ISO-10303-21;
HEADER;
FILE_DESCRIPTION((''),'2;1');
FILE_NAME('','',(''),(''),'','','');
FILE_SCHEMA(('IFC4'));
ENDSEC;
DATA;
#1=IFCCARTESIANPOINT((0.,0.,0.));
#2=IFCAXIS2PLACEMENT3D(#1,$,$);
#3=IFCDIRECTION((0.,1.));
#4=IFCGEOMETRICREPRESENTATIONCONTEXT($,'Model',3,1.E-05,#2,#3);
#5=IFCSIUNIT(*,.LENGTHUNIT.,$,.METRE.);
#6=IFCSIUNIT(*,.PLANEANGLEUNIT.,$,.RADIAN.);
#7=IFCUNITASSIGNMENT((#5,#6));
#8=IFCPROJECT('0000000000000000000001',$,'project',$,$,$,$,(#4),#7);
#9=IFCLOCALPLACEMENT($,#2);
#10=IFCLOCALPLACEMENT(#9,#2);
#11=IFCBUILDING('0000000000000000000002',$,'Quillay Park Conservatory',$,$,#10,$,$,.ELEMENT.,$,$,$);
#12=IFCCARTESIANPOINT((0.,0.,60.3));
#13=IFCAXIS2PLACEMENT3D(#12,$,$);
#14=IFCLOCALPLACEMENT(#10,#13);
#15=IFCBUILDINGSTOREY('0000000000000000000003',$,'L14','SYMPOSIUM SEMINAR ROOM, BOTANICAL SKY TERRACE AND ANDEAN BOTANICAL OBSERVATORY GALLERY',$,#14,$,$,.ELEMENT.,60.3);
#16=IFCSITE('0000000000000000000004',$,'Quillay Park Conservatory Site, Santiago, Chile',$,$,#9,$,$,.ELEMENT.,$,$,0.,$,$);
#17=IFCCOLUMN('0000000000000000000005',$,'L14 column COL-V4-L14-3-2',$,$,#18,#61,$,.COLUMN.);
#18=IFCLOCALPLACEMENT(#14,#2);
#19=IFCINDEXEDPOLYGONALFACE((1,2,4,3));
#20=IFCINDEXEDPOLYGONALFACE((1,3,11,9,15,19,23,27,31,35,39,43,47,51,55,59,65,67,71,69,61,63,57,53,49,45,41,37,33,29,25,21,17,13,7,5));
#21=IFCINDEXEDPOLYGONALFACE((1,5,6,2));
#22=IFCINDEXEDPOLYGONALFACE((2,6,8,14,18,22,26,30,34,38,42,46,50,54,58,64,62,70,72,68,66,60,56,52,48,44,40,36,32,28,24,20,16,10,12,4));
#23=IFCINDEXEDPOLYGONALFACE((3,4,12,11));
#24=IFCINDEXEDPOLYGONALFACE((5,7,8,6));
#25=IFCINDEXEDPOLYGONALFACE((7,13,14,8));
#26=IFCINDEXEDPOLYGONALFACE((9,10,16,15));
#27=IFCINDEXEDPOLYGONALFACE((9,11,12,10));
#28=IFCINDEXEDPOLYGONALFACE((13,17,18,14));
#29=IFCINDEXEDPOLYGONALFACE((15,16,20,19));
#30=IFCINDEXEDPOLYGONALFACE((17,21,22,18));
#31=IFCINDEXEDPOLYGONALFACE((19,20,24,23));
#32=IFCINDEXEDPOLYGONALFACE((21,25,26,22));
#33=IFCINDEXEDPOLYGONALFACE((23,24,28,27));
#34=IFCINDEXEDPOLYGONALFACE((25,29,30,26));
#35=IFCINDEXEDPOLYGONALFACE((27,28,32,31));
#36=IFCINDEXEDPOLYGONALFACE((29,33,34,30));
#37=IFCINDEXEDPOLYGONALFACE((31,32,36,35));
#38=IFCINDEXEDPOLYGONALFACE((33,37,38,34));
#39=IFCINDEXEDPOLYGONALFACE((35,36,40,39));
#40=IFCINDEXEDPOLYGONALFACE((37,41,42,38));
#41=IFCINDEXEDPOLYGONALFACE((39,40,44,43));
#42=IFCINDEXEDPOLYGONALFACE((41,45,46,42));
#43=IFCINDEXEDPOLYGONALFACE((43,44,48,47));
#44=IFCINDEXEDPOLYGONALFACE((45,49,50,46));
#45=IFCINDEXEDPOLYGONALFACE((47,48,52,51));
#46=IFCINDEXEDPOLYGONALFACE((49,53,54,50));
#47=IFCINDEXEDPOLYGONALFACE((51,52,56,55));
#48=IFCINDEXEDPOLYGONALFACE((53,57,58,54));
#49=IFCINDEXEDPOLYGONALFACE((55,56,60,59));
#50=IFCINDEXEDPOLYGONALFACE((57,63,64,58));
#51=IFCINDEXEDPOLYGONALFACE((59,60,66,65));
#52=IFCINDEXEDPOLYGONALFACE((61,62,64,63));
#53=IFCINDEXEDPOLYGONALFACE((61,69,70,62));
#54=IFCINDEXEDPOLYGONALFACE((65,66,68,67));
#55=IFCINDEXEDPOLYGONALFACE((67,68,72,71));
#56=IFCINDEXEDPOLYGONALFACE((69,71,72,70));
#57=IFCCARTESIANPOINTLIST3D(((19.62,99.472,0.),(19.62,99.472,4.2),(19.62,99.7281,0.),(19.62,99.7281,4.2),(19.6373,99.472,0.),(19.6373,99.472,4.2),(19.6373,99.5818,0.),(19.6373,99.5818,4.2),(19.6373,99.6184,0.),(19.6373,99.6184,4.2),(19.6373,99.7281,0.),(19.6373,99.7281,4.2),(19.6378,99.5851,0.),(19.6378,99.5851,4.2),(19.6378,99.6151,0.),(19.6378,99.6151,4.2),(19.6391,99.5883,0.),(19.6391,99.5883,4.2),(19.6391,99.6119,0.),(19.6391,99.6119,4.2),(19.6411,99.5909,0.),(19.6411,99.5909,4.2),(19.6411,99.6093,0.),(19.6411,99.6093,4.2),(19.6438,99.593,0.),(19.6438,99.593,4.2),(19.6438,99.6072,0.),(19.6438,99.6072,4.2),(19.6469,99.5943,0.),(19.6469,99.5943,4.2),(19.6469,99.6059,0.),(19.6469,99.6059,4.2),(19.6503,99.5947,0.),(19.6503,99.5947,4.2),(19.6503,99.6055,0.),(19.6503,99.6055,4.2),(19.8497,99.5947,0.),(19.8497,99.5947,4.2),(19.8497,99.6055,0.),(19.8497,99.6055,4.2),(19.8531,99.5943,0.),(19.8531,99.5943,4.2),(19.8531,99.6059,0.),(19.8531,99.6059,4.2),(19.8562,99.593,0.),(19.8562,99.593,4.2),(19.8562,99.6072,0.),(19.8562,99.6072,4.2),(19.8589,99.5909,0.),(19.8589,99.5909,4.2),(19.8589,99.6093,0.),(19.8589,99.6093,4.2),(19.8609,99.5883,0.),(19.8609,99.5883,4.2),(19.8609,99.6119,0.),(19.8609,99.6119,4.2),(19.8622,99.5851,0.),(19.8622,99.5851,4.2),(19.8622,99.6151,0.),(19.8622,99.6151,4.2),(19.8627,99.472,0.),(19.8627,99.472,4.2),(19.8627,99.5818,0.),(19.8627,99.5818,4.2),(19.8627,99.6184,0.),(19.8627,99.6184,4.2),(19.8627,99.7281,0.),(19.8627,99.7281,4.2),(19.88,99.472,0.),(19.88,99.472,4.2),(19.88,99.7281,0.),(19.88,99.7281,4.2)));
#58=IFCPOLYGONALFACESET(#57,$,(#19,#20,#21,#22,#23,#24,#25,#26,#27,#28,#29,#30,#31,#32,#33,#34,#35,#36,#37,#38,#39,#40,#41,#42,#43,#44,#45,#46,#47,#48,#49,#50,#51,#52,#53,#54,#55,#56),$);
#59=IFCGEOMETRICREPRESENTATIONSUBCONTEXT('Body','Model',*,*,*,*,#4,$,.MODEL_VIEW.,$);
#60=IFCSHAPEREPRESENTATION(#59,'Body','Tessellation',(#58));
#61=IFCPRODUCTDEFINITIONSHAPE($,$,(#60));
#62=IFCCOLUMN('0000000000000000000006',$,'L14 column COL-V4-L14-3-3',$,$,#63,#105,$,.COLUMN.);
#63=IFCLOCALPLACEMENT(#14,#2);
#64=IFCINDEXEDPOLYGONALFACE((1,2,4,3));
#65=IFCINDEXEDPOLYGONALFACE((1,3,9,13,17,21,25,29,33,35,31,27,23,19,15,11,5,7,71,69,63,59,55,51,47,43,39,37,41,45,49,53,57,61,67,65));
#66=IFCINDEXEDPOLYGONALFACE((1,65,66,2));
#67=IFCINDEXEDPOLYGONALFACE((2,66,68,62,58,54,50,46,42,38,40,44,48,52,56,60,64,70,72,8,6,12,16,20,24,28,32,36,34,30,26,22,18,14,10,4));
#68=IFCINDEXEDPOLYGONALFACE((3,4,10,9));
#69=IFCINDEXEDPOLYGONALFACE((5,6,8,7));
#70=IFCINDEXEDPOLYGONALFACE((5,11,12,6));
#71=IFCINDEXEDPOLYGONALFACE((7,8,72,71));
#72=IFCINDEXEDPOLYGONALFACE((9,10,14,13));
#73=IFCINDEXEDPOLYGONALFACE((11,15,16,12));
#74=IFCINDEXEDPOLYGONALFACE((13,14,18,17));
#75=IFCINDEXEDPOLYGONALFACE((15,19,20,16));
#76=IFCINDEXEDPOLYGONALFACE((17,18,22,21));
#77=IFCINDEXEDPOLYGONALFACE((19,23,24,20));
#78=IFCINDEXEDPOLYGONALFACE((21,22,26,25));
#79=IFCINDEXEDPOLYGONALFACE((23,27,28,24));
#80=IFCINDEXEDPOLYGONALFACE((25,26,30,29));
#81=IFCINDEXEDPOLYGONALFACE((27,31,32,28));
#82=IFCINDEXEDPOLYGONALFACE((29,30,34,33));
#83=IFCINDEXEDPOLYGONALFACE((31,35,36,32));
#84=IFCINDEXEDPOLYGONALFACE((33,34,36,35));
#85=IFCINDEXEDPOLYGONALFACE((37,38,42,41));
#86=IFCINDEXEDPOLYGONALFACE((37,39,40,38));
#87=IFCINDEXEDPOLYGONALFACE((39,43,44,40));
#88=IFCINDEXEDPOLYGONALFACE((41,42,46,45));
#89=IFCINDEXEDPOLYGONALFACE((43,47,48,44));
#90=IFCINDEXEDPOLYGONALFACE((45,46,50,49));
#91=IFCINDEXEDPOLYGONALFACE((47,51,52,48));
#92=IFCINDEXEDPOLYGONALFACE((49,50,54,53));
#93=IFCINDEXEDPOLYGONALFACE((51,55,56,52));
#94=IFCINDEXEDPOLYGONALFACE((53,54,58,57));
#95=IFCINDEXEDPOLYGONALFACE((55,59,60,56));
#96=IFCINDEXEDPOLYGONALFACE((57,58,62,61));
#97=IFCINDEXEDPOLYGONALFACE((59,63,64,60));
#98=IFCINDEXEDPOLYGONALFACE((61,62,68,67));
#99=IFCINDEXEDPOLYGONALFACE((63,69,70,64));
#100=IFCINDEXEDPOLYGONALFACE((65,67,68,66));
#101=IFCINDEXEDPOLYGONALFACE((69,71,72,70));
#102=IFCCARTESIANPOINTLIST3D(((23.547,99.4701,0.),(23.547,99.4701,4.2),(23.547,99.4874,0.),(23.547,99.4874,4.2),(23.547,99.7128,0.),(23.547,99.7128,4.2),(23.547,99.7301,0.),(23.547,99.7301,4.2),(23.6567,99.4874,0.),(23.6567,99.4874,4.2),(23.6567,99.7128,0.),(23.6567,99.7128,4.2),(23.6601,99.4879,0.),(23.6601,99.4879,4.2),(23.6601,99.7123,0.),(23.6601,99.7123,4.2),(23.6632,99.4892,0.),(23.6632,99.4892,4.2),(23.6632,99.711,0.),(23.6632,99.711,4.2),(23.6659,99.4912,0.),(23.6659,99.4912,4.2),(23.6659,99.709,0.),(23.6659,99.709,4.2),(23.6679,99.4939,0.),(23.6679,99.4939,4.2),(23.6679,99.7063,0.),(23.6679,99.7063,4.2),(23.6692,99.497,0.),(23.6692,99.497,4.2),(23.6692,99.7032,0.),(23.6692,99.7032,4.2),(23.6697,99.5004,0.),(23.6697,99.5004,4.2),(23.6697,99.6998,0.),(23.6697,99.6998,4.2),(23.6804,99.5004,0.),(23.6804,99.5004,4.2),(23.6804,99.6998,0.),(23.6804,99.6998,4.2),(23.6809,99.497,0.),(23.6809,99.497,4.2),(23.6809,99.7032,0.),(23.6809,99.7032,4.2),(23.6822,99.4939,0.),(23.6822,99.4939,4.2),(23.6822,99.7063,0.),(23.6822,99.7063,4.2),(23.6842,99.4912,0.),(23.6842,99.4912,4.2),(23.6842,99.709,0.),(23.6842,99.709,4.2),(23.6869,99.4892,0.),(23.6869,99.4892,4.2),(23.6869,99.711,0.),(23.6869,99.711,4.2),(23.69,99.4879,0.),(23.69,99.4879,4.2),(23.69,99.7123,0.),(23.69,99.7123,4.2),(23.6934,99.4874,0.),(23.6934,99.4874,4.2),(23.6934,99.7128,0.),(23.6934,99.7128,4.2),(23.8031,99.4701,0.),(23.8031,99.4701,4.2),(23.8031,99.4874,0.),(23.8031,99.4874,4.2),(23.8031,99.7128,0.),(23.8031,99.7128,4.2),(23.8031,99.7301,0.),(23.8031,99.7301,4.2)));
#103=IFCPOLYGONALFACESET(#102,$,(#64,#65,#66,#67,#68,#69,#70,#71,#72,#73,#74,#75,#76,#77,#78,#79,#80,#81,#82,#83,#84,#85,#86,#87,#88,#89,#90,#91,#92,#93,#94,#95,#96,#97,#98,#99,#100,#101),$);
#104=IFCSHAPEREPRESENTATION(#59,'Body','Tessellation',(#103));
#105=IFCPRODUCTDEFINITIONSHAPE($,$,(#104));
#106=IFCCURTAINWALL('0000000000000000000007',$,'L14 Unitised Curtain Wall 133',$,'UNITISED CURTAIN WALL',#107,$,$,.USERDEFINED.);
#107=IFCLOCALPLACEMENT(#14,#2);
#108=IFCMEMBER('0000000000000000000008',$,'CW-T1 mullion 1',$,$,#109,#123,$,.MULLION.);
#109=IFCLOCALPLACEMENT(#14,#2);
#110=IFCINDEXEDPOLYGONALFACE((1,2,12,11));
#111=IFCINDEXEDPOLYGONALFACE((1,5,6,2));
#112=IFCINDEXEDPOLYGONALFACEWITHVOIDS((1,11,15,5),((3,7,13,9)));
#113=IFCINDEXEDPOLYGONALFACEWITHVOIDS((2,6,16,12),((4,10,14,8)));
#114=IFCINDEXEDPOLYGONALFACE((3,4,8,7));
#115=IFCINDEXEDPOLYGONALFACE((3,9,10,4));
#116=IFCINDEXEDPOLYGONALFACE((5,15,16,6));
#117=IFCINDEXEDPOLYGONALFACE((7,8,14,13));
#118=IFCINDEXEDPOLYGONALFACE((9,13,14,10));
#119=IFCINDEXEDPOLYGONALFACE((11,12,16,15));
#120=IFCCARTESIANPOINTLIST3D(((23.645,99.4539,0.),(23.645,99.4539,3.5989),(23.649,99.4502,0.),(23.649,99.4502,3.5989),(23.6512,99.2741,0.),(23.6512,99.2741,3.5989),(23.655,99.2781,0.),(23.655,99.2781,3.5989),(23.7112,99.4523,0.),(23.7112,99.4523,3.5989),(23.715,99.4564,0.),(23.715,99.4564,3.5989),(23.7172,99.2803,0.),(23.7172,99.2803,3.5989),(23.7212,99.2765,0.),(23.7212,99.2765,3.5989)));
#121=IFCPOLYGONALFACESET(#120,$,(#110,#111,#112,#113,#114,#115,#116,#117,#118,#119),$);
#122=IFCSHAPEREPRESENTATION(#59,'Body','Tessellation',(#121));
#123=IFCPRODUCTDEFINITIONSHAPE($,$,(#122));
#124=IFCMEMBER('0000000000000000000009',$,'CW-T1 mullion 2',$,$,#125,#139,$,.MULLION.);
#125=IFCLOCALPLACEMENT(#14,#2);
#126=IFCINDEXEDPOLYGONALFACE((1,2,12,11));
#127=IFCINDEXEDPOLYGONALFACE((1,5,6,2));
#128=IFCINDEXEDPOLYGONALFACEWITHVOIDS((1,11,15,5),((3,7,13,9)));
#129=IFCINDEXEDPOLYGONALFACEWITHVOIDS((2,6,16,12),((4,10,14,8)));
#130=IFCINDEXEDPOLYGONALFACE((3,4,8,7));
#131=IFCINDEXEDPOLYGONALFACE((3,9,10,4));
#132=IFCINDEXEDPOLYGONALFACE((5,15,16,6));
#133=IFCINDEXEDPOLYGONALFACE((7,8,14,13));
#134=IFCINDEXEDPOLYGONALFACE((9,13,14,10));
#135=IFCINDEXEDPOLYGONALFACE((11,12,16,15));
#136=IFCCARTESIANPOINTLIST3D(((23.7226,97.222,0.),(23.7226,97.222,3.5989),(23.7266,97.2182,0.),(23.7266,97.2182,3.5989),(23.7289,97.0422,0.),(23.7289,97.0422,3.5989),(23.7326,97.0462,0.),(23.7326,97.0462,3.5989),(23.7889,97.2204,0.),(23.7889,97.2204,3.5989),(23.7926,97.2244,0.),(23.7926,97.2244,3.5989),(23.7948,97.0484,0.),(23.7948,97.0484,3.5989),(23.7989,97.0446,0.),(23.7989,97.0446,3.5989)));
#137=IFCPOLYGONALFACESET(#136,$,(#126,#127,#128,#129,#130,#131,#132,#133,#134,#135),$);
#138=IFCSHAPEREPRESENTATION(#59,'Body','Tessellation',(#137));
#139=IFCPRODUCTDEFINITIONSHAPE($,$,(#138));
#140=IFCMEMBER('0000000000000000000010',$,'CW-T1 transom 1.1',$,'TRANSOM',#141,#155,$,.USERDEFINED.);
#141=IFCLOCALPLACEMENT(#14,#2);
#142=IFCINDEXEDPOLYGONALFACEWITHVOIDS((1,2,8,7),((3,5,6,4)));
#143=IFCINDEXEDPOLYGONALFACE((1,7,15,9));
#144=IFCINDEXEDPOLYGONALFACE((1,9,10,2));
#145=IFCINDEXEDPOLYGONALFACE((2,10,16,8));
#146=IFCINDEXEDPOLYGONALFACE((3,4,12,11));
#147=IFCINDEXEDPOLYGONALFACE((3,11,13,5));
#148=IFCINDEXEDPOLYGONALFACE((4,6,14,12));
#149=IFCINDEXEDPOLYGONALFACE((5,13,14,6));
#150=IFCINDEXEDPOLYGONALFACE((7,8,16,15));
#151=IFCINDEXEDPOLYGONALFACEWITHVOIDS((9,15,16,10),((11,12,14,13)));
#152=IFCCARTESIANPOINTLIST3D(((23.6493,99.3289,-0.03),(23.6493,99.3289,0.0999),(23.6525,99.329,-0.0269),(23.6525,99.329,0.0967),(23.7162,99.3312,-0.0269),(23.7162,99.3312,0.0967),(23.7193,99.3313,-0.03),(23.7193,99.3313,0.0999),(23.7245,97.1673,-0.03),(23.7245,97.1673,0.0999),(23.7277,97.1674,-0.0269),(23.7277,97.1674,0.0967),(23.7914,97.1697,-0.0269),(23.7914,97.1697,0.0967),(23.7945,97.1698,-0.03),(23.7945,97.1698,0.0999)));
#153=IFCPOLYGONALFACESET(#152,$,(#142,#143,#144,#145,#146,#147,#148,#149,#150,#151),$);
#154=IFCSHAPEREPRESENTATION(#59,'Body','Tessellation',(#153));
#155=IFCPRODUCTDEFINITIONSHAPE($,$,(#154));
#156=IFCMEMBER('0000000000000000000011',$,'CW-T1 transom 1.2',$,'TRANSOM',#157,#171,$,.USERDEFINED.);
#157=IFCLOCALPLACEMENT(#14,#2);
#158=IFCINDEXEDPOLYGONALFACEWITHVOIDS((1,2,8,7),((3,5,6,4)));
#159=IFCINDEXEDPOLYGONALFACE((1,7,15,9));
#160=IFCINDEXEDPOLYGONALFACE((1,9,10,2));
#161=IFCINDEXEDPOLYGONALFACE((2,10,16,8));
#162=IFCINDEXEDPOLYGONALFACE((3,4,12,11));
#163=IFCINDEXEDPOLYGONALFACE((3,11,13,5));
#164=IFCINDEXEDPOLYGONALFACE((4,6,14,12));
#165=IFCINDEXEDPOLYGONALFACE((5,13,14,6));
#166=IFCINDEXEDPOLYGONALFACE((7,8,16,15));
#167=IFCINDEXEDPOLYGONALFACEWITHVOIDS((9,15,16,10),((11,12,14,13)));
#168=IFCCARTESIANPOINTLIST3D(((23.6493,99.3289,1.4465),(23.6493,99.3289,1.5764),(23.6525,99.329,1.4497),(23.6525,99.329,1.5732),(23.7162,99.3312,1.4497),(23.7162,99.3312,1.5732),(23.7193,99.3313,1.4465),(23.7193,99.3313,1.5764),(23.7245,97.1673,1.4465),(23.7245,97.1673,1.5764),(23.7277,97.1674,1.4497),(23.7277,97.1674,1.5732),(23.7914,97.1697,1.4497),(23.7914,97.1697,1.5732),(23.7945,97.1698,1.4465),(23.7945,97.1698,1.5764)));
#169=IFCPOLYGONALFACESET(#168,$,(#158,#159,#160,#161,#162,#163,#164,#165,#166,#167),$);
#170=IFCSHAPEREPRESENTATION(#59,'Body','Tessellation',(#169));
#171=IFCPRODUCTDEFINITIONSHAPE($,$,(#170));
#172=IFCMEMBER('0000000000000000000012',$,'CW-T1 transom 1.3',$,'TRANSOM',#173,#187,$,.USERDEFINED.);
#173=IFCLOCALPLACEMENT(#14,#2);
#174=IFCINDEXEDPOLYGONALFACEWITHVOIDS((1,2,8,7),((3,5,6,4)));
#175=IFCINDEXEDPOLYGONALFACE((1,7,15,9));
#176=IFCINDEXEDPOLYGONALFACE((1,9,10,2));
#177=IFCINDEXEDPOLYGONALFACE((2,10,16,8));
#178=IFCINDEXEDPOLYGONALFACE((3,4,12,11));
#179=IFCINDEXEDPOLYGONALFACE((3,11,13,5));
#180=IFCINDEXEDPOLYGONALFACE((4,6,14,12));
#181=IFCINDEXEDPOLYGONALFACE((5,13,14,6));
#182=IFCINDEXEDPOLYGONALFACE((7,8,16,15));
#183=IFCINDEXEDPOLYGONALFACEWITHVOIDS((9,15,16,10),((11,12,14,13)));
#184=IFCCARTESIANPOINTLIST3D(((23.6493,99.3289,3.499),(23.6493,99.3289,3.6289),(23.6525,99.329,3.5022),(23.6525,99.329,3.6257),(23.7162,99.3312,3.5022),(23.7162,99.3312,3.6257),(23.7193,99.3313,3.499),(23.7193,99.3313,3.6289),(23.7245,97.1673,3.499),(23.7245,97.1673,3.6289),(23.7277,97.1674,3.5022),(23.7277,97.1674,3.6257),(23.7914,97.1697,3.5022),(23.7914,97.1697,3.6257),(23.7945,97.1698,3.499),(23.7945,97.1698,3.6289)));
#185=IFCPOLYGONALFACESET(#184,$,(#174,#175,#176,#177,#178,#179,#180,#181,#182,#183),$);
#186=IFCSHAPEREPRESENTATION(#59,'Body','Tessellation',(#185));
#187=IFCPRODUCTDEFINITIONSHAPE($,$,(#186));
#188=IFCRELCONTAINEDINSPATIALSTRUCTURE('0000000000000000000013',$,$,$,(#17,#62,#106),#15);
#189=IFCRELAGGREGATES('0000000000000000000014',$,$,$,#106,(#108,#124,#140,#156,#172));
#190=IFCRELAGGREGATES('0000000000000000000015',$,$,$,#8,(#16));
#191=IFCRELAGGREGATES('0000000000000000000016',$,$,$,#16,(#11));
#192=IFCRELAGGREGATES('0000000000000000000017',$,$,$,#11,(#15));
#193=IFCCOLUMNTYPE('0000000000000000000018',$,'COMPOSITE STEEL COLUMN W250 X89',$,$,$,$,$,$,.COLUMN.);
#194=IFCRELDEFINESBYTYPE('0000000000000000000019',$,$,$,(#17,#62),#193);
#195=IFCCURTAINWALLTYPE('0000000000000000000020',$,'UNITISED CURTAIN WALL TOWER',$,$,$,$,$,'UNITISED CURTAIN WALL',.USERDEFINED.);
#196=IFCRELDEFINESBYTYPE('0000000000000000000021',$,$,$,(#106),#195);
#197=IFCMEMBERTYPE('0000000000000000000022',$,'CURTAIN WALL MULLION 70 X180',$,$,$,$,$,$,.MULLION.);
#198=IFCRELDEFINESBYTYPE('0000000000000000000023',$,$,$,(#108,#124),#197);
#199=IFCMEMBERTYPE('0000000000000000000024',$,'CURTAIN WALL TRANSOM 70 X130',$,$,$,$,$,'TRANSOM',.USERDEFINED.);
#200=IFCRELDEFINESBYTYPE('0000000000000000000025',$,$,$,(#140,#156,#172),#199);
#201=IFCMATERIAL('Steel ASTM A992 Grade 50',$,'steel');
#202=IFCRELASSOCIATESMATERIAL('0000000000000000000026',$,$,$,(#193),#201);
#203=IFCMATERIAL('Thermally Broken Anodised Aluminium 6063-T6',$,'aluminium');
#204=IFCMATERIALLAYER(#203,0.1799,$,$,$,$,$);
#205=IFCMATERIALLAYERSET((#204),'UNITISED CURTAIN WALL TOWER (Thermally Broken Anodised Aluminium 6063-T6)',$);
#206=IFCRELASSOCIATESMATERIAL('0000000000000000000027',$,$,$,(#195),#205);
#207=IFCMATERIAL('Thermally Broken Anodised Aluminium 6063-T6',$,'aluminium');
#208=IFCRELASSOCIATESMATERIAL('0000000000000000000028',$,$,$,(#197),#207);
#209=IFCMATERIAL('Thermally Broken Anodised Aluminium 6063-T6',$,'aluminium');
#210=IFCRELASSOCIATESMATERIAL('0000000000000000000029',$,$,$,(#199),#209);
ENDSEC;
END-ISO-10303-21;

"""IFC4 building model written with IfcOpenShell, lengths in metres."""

from ifc_helpers import new_model, si_unit, direction, frame, origin, origin_2d, place, context, subcontext, project, spatial, hollow_rectangle, i_section, extrude, material, layer, layer_set, material_profile, profile_set, type_object, element, aggregate, save


model = new_model("IFC4")

# Units and contexts
model_context = context("Model", 3, precision=1e-05, world=origin(), true_north=direction((0.0, 1.0)))
body_context = subcontext(model_context, "Body", "Model", "MODEL_VIEW")
ifc_project = project(units=[si_unit("LENGTHUNIT", "METRE"), si_unit("PLANEANGLEUNIT", "RADIAN")], contexts=[model_context])

# Site, building, storey
site_placement = place(None, origin())
site = spatial("IfcSite", under=ifc_project, at=site_placement, Name="Quillay Park Conservatory Site, Santiago, Chile", CompositionType="ELEMENT", RefElevation=0.0)
building_placement = place(site_placement, origin())
building = spatial("IfcBuilding", under=site, at=building_placement, Name="Quillay Park Conservatory", CompositionType="ELEMENT")
storey_placement = place(building_placement, frame((0.0, 0.0, 60.3)))
storey = spatial("IfcBuildingStorey", under=building, at=storey_placement, Name="L14", Description="SYMPOSIUM SEMINAR ROOM, BOTANICAL SKY TERRACE AND ANDEAN BOTANICAL OBSERVATORY GALLERY", CompositionType="ELEMENT", Elevation=60.3)

# Columns
ifc_material_1 = material(Name="Steel ASTM A992 Grade 50", Category="steel")
ifc_material_profile_1 = material_profile(ifc_material_1, i_section(OverallWidth=0.2561, OverallDepth=0.26, WebThickness=0.0107, FlangeThickness=0.0173, FilletRadius=0.0129, at=origin_2d()), Name="W250x89")
ifc_profile_set_1 = profile_set([ifc_material_profile_1], Name="Steel ASTM A992 Grade 50")
column_type = type_object("IfcColumnType", Name="COMPOSITE STEEL COLUMN W250 X89", PredefinedType="COLUMN", material=ifc_profile_set_1)
for number, where, z_axis, x_axis, name in (
    (1, (19.75, 99.6001, 0.0), (0.0, 0.0, 1.0), (0.0, 1.0, 0.0), "L14 column COL-V4-L14-3-2"),
    (2, (23.675, 99.6001, 0.0), (0.0, 0.0, 1.0), (1.0, 0.0, 0.0), "L14 column COL-V4-L14-3-3"),
):
    element("IfcColumn", number, at=place(storey_placement, frame(where, z_axis=z_axis, x_axis=x_axis)), inside=storey, type_object=column_type, Name=name, PredefinedType="COLUMN", context=body_context, shape_type="SweptSolid", body=[
        extrude(i_section(OverallWidth=0.2561, OverallDepth=0.26, WebThickness=0.0107, FlangeThickness=0.0173, FilletRadius=0.0129, at=origin_2d()), origin(), (0.0, 0.0, 1.0), 4.2),
    ])

# Curtain wall, members
ifc_material_2 = material(Name="Thermally Broken Anodised Aluminium 6063-T6", Category="aluminium")
ifc_layer_1 = layer(ifc_material_2, 0.1799)
ifc_layer_set_1 = layer_set([ifc_layer_1], Name="UNITISED CURTAIN WALL TOWER (Thermally Broken Anodised Aluminium 6063-T6)")
curtain_wall_type = type_object("IfcCurtainWallType", Name="UNITISED CURTAIN WALL TOWER", ElementType="UNITISED CURTAIN WALL", PredefinedType="USERDEFINED", material=ifc_layer_set_1)
curtain_wall_placement = place(storey_placement, origin())
curtain_wall = element("IfcCurtainWall", 3, at=curtain_wall_placement, inside=storey, type_object=curtain_wall_type, Name="L14 Unitised Curtain Wall 133", ObjectType="UNITISED CURTAIN WALL", PredefinedType="USERDEFINED")
ifc_material_3 = material(Name="Thermally Broken Anodised Aluminium 6063-T6", Category="aluminium")
ifc_material_profile_2 = material_profile(ifc_material_3, hollow_rectangle(XDim=0.0701, YDim=0.1799, WallThickness=0.0039, at=origin_2d()), Name="AL70x180x4")
ifc_profile_set_2 = profile_set([ifc_material_profile_2], Name="Thermally Broken Anodised Aluminium 6063-T6")
member_type_1 = type_object("IfcMemberType", Name="CURTAIN WALL MULLION 70 X180", PredefinedType="MULLION", material=ifc_profile_set_2)
member_1_placement = place(storey_placement, frame((23.6831, 99.3652, 0.0), z_axis=(0.0, 0.0, 1.0), x_axis=(0.999397, 0.034713, 0.0)))
member_1 = element("IfcMember", 4, at=member_1_placement, type_object=member_type_1, Name="CW-T1 mullion 1", PredefinedType="MULLION", context=body_context, shape_type="SweptSolid", body=[
    extrude(hollow_rectangle(XDim=0.0701, YDim=0.1799, WallThickness=0.0039, at=origin_2d()), origin(), (0.0, 0.0, 1.0), 3.5989),
])
member_2_placement = place(storey_placement, frame((23.7607, 97.1333, 0.0), z_axis=(0.0, 0.0, 1.0), x_axis=(0.999397, 0.034713, 0.0)))
member_2 = element("IfcMember", 5, at=member_2_placement, type_object=member_type_1, Name="CW-T1 mullion 2", PredefinedType="MULLION", context=body_context, shape_type="SweptSolid", body=[
    extrude(hollow_rectangle(XDim=0.0701, YDim=0.1799, WallThickness=0.0039, at=origin_2d()), origin(), (0.0, 0.0, 1.0), 3.5989),
])
ifc_material_4 = material(Name="Thermally Broken Anodised Aluminium 6063-T6", Category="aluminium")
ifc_material_profile_3 = material_profile(ifc_material_4, hollow_rectangle(XDim=0.0701, YDim=0.1299, WallThickness=0.0032, at=origin_2d()), Name="AL70x130x3.2")
ifc_profile_set_3 = profile_set([ifc_material_profile_3], Name="Thermally Broken Anodised Aluminium 6063-T6")
member_type_2 = type_object("IfcMemberType", Name="CURTAIN WALL TRANSOM 70 X130", ElementType="TRANSOM", PredefinedType="USERDEFINED", material=ifc_profile_set_3)
member_3_placement = place(storey_placement, frame((23.6843, 99.3301, 0.0349), z_axis=(0.034766, -0.999395, 0.0), x_axis=(0.999395, 0.034766, 0.0)))
member_3 = element("IfcMember", 6, at=member_3_placement, type_object=member_type_2, Name="CW-T1 transom 1.1", ObjectType="TRANSOM", PredefinedType="USERDEFINED", context=body_context, shape_type="SweptSolid", body=[
    extrude(hollow_rectangle(XDim=0.0701, YDim=0.1299, WallThickness=0.0032, at=origin_2d()), origin(), (0.0, 0.0, 1.0), 2.1628),
])
member_4_placement = place(storey_placement, frame((23.6843, 99.3301, 1.5115), z_axis=(0.034766, -0.999395, 0.0), x_axis=(0.999395, 0.034766, 0.0)))
member_4 = element("IfcMember", 7, at=member_4_placement, type_object=member_type_2, Name="CW-T1 transom 1.2", ObjectType="TRANSOM", PredefinedType="USERDEFINED", context=body_context, shape_type="SweptSolid", body=[
    extrude(hollow_rectangle(XDim=0.0701, YDim=0.1299, WallThickness=0.0032, at=origin_2d()), origin(), (0.0, 0.0, 1.0), 2.1628),
])
member_5_placement = place(storey_placement, frame((23.6843, 99.3301, 3.564), z_axis=(0.034766, -0.999395, 0.0), x_axis=(0.999395, 0.034766, 0.0)))
member_5 = element("IfcMember", 8, at=member_5_placement, type_object=member_type_2, Name="CW-T1 transom 1.3", ObjectType="TRANSOM", PredefinedType="USERDEFINED", context=body_context, shape_type="SweptSolid", body=[
    extrude(hollow_rectangle(XDim=0.0701, YDim=0.1299, WallThickness=0.0032, at=origin_2d()), origin(), (0.0, 0.0, 1.0), 2.1628),
])

aggregate(curtain_wall, [member_1, member_2, member_3, member_4, member_5])

save(model, "model.ifc")
